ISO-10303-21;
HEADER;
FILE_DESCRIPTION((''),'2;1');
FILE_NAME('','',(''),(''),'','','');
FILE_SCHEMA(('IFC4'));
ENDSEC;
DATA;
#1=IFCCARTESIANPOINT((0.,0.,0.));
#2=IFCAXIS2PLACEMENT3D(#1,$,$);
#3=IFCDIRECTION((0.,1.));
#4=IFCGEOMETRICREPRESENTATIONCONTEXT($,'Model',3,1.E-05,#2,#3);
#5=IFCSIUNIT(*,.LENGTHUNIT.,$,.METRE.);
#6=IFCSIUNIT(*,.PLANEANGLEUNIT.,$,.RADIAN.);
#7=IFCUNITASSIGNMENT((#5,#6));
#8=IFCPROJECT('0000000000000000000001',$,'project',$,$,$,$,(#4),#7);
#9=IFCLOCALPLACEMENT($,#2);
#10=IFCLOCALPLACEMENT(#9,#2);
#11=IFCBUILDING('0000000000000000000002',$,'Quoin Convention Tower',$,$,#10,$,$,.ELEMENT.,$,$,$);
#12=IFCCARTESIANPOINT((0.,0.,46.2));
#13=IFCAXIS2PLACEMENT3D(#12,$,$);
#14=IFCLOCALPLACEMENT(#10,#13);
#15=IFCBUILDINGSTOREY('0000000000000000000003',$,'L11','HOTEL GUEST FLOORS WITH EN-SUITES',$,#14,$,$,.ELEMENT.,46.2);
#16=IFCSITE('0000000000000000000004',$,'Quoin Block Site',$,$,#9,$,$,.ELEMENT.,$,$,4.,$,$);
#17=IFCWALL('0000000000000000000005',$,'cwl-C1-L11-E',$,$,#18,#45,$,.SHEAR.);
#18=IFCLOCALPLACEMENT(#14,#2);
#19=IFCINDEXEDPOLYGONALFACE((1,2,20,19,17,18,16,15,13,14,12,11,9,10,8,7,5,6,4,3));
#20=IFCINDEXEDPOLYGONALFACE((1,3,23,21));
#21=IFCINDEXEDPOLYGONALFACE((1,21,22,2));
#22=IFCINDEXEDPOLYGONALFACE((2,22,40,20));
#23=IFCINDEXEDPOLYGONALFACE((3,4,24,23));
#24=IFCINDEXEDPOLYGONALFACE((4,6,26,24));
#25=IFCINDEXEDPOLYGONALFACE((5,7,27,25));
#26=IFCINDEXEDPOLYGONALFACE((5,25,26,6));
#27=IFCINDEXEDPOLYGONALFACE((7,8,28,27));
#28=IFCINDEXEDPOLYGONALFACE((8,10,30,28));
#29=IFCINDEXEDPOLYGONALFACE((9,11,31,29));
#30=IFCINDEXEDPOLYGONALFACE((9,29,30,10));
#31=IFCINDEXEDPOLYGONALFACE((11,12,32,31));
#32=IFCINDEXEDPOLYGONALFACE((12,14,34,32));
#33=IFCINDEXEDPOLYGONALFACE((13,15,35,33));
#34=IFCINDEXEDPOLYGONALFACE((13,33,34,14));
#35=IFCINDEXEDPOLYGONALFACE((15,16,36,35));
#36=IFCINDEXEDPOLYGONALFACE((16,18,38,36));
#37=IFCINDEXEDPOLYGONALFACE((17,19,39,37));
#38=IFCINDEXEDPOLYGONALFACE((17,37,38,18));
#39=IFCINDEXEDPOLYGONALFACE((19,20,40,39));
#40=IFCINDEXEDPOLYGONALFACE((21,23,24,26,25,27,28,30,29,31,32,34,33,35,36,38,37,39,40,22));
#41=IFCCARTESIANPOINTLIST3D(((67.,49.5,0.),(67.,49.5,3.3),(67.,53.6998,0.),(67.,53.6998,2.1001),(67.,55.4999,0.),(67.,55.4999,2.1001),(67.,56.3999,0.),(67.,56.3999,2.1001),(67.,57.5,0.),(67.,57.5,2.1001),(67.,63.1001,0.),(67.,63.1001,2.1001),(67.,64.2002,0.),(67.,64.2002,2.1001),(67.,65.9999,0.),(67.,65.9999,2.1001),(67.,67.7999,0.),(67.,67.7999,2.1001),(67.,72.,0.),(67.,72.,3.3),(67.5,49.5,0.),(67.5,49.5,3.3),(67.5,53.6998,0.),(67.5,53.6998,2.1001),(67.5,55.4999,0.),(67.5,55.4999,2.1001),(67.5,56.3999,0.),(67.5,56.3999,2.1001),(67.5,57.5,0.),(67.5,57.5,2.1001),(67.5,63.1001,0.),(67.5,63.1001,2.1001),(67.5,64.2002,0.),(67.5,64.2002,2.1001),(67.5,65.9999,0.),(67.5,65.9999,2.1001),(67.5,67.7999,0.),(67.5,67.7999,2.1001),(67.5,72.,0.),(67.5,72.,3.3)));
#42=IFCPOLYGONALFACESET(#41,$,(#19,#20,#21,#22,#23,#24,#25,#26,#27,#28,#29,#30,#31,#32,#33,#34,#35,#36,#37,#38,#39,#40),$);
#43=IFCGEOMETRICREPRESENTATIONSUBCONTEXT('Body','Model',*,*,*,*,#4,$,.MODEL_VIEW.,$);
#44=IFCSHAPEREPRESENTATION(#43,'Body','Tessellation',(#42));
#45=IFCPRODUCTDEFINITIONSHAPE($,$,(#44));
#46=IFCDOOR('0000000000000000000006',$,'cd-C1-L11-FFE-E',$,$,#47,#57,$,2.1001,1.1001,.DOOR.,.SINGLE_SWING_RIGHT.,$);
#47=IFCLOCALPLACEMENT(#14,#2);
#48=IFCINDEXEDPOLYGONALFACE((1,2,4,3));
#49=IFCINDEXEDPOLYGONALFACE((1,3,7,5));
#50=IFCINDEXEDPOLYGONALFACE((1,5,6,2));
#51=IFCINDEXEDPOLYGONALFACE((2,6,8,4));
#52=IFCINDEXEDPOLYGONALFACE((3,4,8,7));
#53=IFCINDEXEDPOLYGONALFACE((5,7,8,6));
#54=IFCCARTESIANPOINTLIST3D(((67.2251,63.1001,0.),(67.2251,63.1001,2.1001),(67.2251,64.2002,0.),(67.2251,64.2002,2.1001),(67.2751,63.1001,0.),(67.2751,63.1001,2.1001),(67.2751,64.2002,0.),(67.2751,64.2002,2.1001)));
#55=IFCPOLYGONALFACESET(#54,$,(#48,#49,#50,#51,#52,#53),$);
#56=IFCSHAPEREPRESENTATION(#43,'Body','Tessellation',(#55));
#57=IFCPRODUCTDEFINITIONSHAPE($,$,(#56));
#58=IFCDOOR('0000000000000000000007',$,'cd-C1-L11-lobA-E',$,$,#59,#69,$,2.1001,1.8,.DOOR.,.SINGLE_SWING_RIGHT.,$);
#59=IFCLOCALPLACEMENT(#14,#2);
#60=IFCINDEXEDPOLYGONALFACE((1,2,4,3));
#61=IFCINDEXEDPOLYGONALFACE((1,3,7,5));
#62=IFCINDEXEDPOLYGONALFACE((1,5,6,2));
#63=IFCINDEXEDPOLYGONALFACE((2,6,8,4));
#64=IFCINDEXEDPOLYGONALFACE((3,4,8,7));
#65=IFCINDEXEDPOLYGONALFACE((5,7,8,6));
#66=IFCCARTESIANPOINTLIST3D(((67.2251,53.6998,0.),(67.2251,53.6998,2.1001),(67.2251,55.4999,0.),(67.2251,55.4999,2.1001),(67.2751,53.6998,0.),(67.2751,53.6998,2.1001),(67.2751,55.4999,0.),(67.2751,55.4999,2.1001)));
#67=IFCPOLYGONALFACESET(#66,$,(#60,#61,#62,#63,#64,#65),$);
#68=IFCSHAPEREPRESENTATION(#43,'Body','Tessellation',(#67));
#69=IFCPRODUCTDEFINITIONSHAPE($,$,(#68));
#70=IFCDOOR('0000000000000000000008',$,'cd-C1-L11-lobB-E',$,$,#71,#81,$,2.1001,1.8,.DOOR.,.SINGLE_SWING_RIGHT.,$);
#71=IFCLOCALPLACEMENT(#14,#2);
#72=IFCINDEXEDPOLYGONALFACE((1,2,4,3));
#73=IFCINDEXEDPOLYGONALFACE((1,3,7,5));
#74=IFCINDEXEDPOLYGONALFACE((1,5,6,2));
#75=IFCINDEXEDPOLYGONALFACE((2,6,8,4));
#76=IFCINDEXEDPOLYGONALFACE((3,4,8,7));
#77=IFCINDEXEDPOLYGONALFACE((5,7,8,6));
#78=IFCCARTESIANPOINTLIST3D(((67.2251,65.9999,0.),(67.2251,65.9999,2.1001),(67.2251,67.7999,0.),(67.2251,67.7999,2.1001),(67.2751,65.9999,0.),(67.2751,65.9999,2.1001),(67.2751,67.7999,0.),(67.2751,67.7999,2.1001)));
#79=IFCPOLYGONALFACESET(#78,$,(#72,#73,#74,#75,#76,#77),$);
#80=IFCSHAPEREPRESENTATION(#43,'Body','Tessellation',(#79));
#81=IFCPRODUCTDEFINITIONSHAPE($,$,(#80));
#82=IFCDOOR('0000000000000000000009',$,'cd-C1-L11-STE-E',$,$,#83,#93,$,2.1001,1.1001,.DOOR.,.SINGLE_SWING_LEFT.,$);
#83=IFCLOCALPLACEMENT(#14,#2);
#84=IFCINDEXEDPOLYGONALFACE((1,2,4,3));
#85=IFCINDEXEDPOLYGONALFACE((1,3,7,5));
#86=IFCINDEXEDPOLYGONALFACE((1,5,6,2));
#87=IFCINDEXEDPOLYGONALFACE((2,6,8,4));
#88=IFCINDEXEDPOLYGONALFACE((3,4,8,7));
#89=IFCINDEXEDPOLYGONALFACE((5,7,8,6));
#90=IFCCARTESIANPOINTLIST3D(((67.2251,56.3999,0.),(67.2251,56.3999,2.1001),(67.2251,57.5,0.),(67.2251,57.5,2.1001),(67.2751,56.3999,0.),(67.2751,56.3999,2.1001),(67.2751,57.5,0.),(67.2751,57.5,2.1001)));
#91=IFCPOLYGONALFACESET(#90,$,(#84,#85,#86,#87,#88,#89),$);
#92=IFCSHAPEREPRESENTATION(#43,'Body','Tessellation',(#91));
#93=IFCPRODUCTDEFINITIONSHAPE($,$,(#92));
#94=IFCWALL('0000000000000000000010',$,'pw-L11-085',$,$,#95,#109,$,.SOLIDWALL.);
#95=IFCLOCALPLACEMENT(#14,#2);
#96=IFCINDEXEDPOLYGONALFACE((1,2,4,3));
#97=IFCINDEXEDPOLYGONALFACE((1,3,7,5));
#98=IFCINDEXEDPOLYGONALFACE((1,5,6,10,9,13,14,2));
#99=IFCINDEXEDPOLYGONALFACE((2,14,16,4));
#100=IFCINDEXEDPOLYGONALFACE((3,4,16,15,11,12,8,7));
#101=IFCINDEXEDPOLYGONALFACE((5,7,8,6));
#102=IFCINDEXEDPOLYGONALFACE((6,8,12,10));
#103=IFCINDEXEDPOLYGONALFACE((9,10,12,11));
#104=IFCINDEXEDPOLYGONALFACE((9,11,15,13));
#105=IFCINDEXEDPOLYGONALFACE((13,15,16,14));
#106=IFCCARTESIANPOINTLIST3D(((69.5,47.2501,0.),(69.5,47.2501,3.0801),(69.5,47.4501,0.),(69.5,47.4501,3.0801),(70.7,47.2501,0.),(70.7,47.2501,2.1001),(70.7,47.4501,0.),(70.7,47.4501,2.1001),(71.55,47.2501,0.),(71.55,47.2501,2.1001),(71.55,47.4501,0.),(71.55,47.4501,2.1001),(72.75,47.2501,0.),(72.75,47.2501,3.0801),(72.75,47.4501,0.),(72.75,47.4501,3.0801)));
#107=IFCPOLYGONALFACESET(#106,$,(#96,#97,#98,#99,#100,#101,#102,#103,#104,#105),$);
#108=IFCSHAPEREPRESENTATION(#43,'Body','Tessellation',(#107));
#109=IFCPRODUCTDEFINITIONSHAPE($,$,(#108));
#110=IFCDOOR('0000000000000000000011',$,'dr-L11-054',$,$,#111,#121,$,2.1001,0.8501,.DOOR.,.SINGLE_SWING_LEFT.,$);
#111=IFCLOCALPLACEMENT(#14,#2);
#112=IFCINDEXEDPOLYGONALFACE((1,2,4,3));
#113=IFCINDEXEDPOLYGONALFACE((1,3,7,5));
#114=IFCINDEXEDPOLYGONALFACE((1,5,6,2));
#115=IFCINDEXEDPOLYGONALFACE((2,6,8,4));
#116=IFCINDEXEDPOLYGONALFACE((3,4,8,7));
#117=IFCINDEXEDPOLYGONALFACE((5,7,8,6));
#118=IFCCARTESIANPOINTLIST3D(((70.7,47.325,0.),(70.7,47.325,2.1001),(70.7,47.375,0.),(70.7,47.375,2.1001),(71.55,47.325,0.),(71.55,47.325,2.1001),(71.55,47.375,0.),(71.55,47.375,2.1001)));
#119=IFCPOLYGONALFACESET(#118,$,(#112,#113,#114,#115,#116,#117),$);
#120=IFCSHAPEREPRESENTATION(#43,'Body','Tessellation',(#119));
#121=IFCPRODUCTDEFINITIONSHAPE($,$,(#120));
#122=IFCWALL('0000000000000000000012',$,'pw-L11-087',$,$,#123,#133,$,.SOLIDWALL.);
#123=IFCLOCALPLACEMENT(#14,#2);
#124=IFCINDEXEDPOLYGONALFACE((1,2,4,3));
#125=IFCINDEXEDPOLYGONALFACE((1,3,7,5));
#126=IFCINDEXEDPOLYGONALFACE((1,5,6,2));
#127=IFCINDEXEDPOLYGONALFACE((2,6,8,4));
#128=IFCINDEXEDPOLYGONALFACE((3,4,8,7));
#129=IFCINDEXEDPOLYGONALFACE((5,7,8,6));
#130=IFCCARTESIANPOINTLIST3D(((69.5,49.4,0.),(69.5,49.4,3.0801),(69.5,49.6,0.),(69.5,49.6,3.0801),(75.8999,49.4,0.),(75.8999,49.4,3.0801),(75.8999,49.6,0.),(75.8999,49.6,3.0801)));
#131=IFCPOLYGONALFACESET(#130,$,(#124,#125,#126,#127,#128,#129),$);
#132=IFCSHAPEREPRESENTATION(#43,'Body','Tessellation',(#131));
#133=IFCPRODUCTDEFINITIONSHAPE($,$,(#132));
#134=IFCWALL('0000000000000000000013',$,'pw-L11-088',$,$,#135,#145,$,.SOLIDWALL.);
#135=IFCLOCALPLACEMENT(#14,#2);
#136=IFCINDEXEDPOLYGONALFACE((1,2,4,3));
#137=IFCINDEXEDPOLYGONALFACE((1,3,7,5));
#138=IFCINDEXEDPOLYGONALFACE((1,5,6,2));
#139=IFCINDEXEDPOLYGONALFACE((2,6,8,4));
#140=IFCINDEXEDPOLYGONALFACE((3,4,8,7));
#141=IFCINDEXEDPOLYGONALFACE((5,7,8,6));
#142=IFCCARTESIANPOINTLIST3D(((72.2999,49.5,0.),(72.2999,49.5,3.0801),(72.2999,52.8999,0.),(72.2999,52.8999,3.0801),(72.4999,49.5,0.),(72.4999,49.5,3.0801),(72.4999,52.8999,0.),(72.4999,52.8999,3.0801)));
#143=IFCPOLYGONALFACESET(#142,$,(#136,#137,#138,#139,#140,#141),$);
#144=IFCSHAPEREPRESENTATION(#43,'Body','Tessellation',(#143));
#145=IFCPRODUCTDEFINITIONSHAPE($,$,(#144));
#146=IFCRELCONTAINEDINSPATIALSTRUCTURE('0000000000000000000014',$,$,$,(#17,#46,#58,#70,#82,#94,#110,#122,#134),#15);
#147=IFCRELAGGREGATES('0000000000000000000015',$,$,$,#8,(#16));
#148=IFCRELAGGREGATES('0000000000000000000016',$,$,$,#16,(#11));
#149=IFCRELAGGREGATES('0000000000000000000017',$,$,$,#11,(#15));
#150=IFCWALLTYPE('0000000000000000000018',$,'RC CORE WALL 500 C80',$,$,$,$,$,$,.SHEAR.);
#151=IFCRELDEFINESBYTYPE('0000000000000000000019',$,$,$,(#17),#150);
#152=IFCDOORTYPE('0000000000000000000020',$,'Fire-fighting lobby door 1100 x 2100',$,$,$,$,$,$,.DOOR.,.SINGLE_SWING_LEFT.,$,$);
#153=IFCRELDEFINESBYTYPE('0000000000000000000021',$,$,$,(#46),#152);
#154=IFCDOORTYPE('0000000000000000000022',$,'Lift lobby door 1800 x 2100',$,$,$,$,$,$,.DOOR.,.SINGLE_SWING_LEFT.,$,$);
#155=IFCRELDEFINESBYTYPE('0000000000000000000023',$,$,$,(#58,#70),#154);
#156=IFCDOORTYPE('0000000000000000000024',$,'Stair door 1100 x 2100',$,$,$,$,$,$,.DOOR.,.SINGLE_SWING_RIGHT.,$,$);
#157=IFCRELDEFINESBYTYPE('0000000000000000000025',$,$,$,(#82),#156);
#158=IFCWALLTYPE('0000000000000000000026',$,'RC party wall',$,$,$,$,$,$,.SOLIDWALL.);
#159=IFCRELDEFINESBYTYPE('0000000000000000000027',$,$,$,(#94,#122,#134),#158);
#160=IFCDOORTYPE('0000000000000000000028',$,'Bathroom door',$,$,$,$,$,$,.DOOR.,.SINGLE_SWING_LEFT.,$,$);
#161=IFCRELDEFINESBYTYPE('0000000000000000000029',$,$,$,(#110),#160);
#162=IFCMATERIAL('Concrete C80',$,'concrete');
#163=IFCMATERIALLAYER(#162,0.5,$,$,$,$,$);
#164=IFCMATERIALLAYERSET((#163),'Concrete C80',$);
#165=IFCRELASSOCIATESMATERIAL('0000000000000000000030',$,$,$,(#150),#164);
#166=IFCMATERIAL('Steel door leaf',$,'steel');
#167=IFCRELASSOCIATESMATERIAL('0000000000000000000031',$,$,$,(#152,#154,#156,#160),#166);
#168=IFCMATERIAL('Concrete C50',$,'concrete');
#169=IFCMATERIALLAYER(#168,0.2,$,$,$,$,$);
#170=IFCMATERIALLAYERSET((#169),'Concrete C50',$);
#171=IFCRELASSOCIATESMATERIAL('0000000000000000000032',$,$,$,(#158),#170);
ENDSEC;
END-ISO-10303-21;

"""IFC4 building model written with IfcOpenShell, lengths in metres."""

from ifc_helpers import new_model, si_unit, direction, frame, frame_2d, origin, place, context, subcontext, project, spatial, rectangle, extrude, material, layer, layer_set, type_object, element, fill, save


model = new_model("IFC4")

# Units and contexts
model_context = context("Model", 3, precision=1e-05, world=origin(), true_north=direction((0.0, 1.0)))
body_context = subcontext(model_context, "Body", "Model", "MODEL_VIEW")
ifc_project = project(units=[si_unit("LENGTHUNIT", "METRE"), si_unit("PLANEANGLEUNIT", "RADIAN")], contexts=[model_context])

# Site, building, storey
site_placement = place(None, origin())
site = spatial("IfcSite", under=ifc_project, at=site_placement, Name="Quoin Block Site", CompositionType="ELEMENT", RefElevation=4.0)
building_placement = place(site_placement, origin())
building = spatial("IfcBuilding", under=site, at=building_placement, Name="Quoin Convention Tower", CompositionType="ELEMENT")
storey_placement = place(building_placement, frame((0.0, 0.0, 46.2)))
storey = spatial("IfcBuildingStorey", under=building, at=storey_placement, Name="L11", Description="HOTEL GUEST FLOORS WITH EN-SUITES", CompositionType="ELEMENT", Elevation=46.2)

# Shared definitions
ifc_material_1 = material(Name="Concrete C80", Category="concrete")

# Shared definitions
ifc_material_2 = material(Name="Concrete C50", Category="concrete")

# Wall, openings, doors
ifc_layer_1 = layer(ifc_material_1, 0.5)
ifc_layer_set_1 = layer_set([ifc_layer_1], Name="Concrete C80")
wall_type_1 = type_object("IfcWallType", Name="RC CORE WALL 500 C80", PredefinedType="SHEAR", material=ifc_layer_set_1)
wall_1_placement = place(storey_placement, frame((67.25, 49.5, 0.0), z_axis=(0.0, 0.0, 1.0), x_axis=(0.0, 1.0, 0.0)))
wall_1 = element("IfcWall", 1, at=wall_1_placement, inside=storey, type_object=wall_type_1, Name="cwl-C1-L11-E", PredefinedType="SHEAR", context=body_context, shape_type="SweptSolid", body=[
    extrude(rectangle(XDim=22.5, YDim=0.5, at=frame_2d((11.25, 0.0))), origin(), (0.0, 0.0, 1.0), 3.3),
])
opening_1_placement = place(wall_1_placement, frame((4.2, 0.0, 0.0)))
opening_1 = element("IfcOpeningElement", 2, at=opening_1_placement, cuts=wall_1, PredefinedType="OPENING", context=body_context, shape_type="SweptSolid", body=[
    extrude(rectangle(XDim=1.8, YDim=2.1001, at=frame_2d((0.8999, 1.05))), frame((0.0, 0.26, 0.0), z_axis=(0.0, -1.0, 0.0), x_axis=(1.0, 0.0, 0.0)), (0.0, 0.0, 1.0), 0.52),
])
opening_2_placement = place(wall_1_placement, frame((6.8999, 0.0, 0.0)))
opening_2 = element("IfcOpeningElement", 3, at=opening_2_placement, cuts=wall_1, PredefinedType="OPENING", context=body_context, shape_type="SweptSolid", body=[
    extrude(rectangle(XDim=1.1001, YDim=2.1001, at=frame_2d((0.55, 1.05))), frame((0.0, 0.26, 0.0), z_axis=(0.0, -1.0, 0.0), x_axis=(1.0, 0.0, 0.0)), (0.0, 0.0, 1.0), 0.52),
])
opening_3_placement = place(wall_1_placement, frame((13.6001, 0.0, 0.0)))
opening_3 = element("IfcOpeningElement", 4, at=opening_3_placement, cuts=wall_1, PredefinedType="OPENING", context=body_context, shape_type="SweptSolid", body=[
    extrude(rectangle(XDim=1.1001, YDim=2.1001, at=frame_2d((0.55, 1.05))), frame((0.0, 0.26, 0.0), z_axis=(0.0, -1.0, 0.0), x_axis=(1.0, 0.0, 0.0)), (0.0, 0.0, 1.0), 0.52),
])
opening_4_placement = place(wall_1_placement, frame((16.5, 0.0, 0.0)))
opening_4 = element("IfcOpeningElement", 5, at=opening_4_placement, cuts=wall_1, PredefinedType="OPENING", context=body_context, shape_type="SweptSolid", body=[
    extrude(rectangle(XDim=1.8, YDim=2.1001, at=frame_2d((0.8999, 1.05))), frame((0.0, 0.26, 0.0), z_axis=(0.0, -1.0, 0.0), x_axis=(1.0, 0.0, 0.0)), (0.0, 0.0, 1.0), 0.52),
])
ifc_material_3 = material(Name="Steel door leaf", Category="steel")
door_type_1 = type_object("IfcDoorType", Name="Fire-fighting lobby door 1100 x 2100", OperationType="SINGLE_SWING_LEFT", PredefinedType="DOOR", material=ifc_material_3)
door_1_placement = place(opening_3_placement, origin())
door_1 = element("IfcDoor", 6, at=door_1_placement, inside=storey, type_object=door_type_1, Name="cd-C1-L11-FFE-E", OperationType="SINGLE_SWING_RIGHT", OverallHeight=2.1001, OverallWidth=1.1001, PredefinedType="DOOR", context=body_context, shape_type="SweptSolid", body=[
    extrude(rectangle(XDim=1.1001, YDim=2.1001, at=frame_2d((0.55, 1.05))), frame((0.0, 0.0249, 0.0), z_axis=(0.0, -1.0, 0.0), x_axis=(1.0, 0.0, 0.0)), (0.0, 0.0, 1.0), 0.05),
])
fill(opening_3, door_1)
door_type_2 = type_object("IfcDoorType", Name="Lift lobby door 1800 x 2100", OperationType="SINGLE_SWING_LEFT", PredefinedType="DOOR", material=ifc_material_3)
door_2_placement = place(opening_1_placement, origin())
door_2 = element("IfcDoor", 7, at=door_2_placement, inside=storey, type_object=door_type_2, Name="cd-C1-L11-lobA-E", OperationType="SINGLE_SWING_RIGHT", OverallHeight=2.1001, OverallWidth=1.8, PredefinedType="DOOR", context=body_context, shape_type="SweptSolid", body=[
    extrude(rectangle(XDim=1.8, YDim=2.1001, at=frame_2d((0.8999, 1.05))), frame((0.0, 0.0249, 0.0), z_axis=(0.0, -1.0, 0.0), x_axis=(1.0, 0.0, 0.0)), (0.0, 0.0, 1.0), 0.05),
])
fill(opening_1, door_2)
door_3_placement = place(opening_4_placement, origin())
door_3 = element("IfcDoor", 8, at=door_3_placement, inside=storey, type_object=door_type_2, Name="cd-C1-L11-lobB-E", OperationType="SINGLE_SWING_RIGHT", OverallHeight=2.1001, OverallWidth=1.8, PredefinedType="DOOR", context=body_context, shape_type="SweptSolid", body=[
    extrude(rectangle(XDim=1.8, YDim=2.1001, at=frame_2d((0.8999, 1.05))), frame((0.0, 0.0249, 0.0), z_axis=(0.0, -1.0, 0.0), x_axis=(1.0, 0.0, 0.0)), (0.0, 0.0, 1.0), 0.05),
])
fill(opening_4, door_3)
door_type_3 = type_object("IfcDoorType", Name="Stair door 1100 x 2100", OperationType="SINGLE_SWING_RIGHT", PredefinedType="DOOR", material=ifc_material_3)
door_4_placement = place(opening_2_placement, origin())
door_4 = element("IfcDoor", 9, at=door_4_placement, inside=storey, type_object=door_type_3, Name="cd-C1-L11-STE-E", OperationType="SINGLE_SWING_LEFT", OverallHeight=2.1001, OverallWidth=1.1001, PredefinedType="DOOR", context=body_context, shape_type="SweptSolid", body=[
    extrude(rectangle(XDim=1.1001, YDim=2.1001, at=frame_2d((0.55, 1.05))), frame((0.0, 0.0249, 0.0), z_axis=(0.0, -1.0, 0.0), x_axis=(1.0, 0.0, 0.0)), (0.0, 0.0, 1.0), 0.05),
])
fill(opening_2, door_4)

# Wall, opening, door
ifc_layer_2 = layer(ifc_material_2, 0.2)
ifc_layer_set_2 = layer_set([ifc_layer_2], Name="Concrete C50")
wall_type_2 = type_object("IfcWallType", Name="RC party wall", PredefinedType="SOLIDWALL", material=ifc_layer_set_2)
wall_2_placement = place(storey_placement, frame((69.5, 47.3501, 0.0), z_axis=(0.0, 0.0, 1.0), x_axis=(1.0, 0.0, 0.0)))
wall_2 = element("IfcWall", 10, at=wall_2_placement, inside=storey, type_object=wall_type_2, Name="pw-L11-085", PredefinedType="SOLIDWALL", context=body_context, shape_type="SweptSolid", body=[
    extrude(rectangle(XDim=3.25, YDim=0.2, at=frame_2d((1.625, 0.0))), origin(), (0.0, 0.0, 1.0), 3.0801),
])
opening_5_placement = place(wall_2_placement, frame((1.2, 0.0, 0.0)))
opening_5 = element("IfcOpeningElement", 11, at=opening_5_placement, cuts=wall_2, PredefinedType="OPENING", context=body_context, shape_type="SweptSolid", body=[
    extrude(rectangle(XDim=0.8501, YDim=2.1001, at=frame_2d((0.425, 1.05))), frame((0.0, 0.1099, 0.0), z_axis=(0.0, -1.0, 0.0), x_axis=(1.0, 0.0, 0.0)), (0.0, 0.0, 1.0), 0.22),
])
door_type_4 = type_object("IfcDoorType", Name="Bathroom door", OperationType="SINGLE_SWING_LEFT", PredefinedType="DOOR", material=ifc_material_3)
door_5_placement = place(opening_5_placement, origin())
door_5 = element("IfcDoor", 12, at=door_5_placement, inside=storey, type_object=door_type_4, Name="dr-L11-054", OperationType="SINGLE_SWING_LEFT", OverallHeight=2.1001, OverallWidth=0.8501, PredefinedType="DOOR", context=body_context, shape_type="SweptSolid", body=[
    extrude(rectangle(XDim=0.8501, YDim=2.1001, at=frame_2d((0.425, 1.05))), frame((0.0, 0.0249, 0.0), z_axis=(0.0, -1.0, 0.0), x_axis=(1.0, 0.0, 0.0)), (0.0, 0.0, 1.0), 0.05),
])
fill(opening_5, door_5)

# Walls
wall_3_placement = place(storey_placement, frame((69.5, 49.5, 0.0), z_axis=(0.0, 0.0, 1.0), x_axis=(1.0, 0.0, 0.0)))
element("IfcWall", 13, at=wall_3_placement, inside=storey, type_object=wall_type_2, Name="pw-L11-087", PredefinedType="SOLIDWALL", context=body_context, shape_type="SweptSolid", body=[
    extrude(rectangle(XDim=6.3999, YDim=0.2, at=frame_2d((3.2, 0.0))), origin(), (0.0, 0.0, 1.0), 3.0801),
])
wall_4_placement = place(storey_placement, frame((72.3999, 49.5, 0.0), z_axis=(0.0, 0.0, 1.0), x_axis=(0.0, 1.0, 0.0)))
element("IfcWall", 14, at=wall_4_placement, inside=storey, type_object=wall_type_2, Name="pw-L11-088", PredefinedType="SOLIDWALL", context=body_context, shape_type="SweptSolid", body=[
    extrude(rectangle(XDim=3.3999, YDim=0.2, at=frame_2d((1.7, 0.0))), origin(), (0.0, 0.0, 1.0), 3.0801),
])

save(model, "model.ifc")
